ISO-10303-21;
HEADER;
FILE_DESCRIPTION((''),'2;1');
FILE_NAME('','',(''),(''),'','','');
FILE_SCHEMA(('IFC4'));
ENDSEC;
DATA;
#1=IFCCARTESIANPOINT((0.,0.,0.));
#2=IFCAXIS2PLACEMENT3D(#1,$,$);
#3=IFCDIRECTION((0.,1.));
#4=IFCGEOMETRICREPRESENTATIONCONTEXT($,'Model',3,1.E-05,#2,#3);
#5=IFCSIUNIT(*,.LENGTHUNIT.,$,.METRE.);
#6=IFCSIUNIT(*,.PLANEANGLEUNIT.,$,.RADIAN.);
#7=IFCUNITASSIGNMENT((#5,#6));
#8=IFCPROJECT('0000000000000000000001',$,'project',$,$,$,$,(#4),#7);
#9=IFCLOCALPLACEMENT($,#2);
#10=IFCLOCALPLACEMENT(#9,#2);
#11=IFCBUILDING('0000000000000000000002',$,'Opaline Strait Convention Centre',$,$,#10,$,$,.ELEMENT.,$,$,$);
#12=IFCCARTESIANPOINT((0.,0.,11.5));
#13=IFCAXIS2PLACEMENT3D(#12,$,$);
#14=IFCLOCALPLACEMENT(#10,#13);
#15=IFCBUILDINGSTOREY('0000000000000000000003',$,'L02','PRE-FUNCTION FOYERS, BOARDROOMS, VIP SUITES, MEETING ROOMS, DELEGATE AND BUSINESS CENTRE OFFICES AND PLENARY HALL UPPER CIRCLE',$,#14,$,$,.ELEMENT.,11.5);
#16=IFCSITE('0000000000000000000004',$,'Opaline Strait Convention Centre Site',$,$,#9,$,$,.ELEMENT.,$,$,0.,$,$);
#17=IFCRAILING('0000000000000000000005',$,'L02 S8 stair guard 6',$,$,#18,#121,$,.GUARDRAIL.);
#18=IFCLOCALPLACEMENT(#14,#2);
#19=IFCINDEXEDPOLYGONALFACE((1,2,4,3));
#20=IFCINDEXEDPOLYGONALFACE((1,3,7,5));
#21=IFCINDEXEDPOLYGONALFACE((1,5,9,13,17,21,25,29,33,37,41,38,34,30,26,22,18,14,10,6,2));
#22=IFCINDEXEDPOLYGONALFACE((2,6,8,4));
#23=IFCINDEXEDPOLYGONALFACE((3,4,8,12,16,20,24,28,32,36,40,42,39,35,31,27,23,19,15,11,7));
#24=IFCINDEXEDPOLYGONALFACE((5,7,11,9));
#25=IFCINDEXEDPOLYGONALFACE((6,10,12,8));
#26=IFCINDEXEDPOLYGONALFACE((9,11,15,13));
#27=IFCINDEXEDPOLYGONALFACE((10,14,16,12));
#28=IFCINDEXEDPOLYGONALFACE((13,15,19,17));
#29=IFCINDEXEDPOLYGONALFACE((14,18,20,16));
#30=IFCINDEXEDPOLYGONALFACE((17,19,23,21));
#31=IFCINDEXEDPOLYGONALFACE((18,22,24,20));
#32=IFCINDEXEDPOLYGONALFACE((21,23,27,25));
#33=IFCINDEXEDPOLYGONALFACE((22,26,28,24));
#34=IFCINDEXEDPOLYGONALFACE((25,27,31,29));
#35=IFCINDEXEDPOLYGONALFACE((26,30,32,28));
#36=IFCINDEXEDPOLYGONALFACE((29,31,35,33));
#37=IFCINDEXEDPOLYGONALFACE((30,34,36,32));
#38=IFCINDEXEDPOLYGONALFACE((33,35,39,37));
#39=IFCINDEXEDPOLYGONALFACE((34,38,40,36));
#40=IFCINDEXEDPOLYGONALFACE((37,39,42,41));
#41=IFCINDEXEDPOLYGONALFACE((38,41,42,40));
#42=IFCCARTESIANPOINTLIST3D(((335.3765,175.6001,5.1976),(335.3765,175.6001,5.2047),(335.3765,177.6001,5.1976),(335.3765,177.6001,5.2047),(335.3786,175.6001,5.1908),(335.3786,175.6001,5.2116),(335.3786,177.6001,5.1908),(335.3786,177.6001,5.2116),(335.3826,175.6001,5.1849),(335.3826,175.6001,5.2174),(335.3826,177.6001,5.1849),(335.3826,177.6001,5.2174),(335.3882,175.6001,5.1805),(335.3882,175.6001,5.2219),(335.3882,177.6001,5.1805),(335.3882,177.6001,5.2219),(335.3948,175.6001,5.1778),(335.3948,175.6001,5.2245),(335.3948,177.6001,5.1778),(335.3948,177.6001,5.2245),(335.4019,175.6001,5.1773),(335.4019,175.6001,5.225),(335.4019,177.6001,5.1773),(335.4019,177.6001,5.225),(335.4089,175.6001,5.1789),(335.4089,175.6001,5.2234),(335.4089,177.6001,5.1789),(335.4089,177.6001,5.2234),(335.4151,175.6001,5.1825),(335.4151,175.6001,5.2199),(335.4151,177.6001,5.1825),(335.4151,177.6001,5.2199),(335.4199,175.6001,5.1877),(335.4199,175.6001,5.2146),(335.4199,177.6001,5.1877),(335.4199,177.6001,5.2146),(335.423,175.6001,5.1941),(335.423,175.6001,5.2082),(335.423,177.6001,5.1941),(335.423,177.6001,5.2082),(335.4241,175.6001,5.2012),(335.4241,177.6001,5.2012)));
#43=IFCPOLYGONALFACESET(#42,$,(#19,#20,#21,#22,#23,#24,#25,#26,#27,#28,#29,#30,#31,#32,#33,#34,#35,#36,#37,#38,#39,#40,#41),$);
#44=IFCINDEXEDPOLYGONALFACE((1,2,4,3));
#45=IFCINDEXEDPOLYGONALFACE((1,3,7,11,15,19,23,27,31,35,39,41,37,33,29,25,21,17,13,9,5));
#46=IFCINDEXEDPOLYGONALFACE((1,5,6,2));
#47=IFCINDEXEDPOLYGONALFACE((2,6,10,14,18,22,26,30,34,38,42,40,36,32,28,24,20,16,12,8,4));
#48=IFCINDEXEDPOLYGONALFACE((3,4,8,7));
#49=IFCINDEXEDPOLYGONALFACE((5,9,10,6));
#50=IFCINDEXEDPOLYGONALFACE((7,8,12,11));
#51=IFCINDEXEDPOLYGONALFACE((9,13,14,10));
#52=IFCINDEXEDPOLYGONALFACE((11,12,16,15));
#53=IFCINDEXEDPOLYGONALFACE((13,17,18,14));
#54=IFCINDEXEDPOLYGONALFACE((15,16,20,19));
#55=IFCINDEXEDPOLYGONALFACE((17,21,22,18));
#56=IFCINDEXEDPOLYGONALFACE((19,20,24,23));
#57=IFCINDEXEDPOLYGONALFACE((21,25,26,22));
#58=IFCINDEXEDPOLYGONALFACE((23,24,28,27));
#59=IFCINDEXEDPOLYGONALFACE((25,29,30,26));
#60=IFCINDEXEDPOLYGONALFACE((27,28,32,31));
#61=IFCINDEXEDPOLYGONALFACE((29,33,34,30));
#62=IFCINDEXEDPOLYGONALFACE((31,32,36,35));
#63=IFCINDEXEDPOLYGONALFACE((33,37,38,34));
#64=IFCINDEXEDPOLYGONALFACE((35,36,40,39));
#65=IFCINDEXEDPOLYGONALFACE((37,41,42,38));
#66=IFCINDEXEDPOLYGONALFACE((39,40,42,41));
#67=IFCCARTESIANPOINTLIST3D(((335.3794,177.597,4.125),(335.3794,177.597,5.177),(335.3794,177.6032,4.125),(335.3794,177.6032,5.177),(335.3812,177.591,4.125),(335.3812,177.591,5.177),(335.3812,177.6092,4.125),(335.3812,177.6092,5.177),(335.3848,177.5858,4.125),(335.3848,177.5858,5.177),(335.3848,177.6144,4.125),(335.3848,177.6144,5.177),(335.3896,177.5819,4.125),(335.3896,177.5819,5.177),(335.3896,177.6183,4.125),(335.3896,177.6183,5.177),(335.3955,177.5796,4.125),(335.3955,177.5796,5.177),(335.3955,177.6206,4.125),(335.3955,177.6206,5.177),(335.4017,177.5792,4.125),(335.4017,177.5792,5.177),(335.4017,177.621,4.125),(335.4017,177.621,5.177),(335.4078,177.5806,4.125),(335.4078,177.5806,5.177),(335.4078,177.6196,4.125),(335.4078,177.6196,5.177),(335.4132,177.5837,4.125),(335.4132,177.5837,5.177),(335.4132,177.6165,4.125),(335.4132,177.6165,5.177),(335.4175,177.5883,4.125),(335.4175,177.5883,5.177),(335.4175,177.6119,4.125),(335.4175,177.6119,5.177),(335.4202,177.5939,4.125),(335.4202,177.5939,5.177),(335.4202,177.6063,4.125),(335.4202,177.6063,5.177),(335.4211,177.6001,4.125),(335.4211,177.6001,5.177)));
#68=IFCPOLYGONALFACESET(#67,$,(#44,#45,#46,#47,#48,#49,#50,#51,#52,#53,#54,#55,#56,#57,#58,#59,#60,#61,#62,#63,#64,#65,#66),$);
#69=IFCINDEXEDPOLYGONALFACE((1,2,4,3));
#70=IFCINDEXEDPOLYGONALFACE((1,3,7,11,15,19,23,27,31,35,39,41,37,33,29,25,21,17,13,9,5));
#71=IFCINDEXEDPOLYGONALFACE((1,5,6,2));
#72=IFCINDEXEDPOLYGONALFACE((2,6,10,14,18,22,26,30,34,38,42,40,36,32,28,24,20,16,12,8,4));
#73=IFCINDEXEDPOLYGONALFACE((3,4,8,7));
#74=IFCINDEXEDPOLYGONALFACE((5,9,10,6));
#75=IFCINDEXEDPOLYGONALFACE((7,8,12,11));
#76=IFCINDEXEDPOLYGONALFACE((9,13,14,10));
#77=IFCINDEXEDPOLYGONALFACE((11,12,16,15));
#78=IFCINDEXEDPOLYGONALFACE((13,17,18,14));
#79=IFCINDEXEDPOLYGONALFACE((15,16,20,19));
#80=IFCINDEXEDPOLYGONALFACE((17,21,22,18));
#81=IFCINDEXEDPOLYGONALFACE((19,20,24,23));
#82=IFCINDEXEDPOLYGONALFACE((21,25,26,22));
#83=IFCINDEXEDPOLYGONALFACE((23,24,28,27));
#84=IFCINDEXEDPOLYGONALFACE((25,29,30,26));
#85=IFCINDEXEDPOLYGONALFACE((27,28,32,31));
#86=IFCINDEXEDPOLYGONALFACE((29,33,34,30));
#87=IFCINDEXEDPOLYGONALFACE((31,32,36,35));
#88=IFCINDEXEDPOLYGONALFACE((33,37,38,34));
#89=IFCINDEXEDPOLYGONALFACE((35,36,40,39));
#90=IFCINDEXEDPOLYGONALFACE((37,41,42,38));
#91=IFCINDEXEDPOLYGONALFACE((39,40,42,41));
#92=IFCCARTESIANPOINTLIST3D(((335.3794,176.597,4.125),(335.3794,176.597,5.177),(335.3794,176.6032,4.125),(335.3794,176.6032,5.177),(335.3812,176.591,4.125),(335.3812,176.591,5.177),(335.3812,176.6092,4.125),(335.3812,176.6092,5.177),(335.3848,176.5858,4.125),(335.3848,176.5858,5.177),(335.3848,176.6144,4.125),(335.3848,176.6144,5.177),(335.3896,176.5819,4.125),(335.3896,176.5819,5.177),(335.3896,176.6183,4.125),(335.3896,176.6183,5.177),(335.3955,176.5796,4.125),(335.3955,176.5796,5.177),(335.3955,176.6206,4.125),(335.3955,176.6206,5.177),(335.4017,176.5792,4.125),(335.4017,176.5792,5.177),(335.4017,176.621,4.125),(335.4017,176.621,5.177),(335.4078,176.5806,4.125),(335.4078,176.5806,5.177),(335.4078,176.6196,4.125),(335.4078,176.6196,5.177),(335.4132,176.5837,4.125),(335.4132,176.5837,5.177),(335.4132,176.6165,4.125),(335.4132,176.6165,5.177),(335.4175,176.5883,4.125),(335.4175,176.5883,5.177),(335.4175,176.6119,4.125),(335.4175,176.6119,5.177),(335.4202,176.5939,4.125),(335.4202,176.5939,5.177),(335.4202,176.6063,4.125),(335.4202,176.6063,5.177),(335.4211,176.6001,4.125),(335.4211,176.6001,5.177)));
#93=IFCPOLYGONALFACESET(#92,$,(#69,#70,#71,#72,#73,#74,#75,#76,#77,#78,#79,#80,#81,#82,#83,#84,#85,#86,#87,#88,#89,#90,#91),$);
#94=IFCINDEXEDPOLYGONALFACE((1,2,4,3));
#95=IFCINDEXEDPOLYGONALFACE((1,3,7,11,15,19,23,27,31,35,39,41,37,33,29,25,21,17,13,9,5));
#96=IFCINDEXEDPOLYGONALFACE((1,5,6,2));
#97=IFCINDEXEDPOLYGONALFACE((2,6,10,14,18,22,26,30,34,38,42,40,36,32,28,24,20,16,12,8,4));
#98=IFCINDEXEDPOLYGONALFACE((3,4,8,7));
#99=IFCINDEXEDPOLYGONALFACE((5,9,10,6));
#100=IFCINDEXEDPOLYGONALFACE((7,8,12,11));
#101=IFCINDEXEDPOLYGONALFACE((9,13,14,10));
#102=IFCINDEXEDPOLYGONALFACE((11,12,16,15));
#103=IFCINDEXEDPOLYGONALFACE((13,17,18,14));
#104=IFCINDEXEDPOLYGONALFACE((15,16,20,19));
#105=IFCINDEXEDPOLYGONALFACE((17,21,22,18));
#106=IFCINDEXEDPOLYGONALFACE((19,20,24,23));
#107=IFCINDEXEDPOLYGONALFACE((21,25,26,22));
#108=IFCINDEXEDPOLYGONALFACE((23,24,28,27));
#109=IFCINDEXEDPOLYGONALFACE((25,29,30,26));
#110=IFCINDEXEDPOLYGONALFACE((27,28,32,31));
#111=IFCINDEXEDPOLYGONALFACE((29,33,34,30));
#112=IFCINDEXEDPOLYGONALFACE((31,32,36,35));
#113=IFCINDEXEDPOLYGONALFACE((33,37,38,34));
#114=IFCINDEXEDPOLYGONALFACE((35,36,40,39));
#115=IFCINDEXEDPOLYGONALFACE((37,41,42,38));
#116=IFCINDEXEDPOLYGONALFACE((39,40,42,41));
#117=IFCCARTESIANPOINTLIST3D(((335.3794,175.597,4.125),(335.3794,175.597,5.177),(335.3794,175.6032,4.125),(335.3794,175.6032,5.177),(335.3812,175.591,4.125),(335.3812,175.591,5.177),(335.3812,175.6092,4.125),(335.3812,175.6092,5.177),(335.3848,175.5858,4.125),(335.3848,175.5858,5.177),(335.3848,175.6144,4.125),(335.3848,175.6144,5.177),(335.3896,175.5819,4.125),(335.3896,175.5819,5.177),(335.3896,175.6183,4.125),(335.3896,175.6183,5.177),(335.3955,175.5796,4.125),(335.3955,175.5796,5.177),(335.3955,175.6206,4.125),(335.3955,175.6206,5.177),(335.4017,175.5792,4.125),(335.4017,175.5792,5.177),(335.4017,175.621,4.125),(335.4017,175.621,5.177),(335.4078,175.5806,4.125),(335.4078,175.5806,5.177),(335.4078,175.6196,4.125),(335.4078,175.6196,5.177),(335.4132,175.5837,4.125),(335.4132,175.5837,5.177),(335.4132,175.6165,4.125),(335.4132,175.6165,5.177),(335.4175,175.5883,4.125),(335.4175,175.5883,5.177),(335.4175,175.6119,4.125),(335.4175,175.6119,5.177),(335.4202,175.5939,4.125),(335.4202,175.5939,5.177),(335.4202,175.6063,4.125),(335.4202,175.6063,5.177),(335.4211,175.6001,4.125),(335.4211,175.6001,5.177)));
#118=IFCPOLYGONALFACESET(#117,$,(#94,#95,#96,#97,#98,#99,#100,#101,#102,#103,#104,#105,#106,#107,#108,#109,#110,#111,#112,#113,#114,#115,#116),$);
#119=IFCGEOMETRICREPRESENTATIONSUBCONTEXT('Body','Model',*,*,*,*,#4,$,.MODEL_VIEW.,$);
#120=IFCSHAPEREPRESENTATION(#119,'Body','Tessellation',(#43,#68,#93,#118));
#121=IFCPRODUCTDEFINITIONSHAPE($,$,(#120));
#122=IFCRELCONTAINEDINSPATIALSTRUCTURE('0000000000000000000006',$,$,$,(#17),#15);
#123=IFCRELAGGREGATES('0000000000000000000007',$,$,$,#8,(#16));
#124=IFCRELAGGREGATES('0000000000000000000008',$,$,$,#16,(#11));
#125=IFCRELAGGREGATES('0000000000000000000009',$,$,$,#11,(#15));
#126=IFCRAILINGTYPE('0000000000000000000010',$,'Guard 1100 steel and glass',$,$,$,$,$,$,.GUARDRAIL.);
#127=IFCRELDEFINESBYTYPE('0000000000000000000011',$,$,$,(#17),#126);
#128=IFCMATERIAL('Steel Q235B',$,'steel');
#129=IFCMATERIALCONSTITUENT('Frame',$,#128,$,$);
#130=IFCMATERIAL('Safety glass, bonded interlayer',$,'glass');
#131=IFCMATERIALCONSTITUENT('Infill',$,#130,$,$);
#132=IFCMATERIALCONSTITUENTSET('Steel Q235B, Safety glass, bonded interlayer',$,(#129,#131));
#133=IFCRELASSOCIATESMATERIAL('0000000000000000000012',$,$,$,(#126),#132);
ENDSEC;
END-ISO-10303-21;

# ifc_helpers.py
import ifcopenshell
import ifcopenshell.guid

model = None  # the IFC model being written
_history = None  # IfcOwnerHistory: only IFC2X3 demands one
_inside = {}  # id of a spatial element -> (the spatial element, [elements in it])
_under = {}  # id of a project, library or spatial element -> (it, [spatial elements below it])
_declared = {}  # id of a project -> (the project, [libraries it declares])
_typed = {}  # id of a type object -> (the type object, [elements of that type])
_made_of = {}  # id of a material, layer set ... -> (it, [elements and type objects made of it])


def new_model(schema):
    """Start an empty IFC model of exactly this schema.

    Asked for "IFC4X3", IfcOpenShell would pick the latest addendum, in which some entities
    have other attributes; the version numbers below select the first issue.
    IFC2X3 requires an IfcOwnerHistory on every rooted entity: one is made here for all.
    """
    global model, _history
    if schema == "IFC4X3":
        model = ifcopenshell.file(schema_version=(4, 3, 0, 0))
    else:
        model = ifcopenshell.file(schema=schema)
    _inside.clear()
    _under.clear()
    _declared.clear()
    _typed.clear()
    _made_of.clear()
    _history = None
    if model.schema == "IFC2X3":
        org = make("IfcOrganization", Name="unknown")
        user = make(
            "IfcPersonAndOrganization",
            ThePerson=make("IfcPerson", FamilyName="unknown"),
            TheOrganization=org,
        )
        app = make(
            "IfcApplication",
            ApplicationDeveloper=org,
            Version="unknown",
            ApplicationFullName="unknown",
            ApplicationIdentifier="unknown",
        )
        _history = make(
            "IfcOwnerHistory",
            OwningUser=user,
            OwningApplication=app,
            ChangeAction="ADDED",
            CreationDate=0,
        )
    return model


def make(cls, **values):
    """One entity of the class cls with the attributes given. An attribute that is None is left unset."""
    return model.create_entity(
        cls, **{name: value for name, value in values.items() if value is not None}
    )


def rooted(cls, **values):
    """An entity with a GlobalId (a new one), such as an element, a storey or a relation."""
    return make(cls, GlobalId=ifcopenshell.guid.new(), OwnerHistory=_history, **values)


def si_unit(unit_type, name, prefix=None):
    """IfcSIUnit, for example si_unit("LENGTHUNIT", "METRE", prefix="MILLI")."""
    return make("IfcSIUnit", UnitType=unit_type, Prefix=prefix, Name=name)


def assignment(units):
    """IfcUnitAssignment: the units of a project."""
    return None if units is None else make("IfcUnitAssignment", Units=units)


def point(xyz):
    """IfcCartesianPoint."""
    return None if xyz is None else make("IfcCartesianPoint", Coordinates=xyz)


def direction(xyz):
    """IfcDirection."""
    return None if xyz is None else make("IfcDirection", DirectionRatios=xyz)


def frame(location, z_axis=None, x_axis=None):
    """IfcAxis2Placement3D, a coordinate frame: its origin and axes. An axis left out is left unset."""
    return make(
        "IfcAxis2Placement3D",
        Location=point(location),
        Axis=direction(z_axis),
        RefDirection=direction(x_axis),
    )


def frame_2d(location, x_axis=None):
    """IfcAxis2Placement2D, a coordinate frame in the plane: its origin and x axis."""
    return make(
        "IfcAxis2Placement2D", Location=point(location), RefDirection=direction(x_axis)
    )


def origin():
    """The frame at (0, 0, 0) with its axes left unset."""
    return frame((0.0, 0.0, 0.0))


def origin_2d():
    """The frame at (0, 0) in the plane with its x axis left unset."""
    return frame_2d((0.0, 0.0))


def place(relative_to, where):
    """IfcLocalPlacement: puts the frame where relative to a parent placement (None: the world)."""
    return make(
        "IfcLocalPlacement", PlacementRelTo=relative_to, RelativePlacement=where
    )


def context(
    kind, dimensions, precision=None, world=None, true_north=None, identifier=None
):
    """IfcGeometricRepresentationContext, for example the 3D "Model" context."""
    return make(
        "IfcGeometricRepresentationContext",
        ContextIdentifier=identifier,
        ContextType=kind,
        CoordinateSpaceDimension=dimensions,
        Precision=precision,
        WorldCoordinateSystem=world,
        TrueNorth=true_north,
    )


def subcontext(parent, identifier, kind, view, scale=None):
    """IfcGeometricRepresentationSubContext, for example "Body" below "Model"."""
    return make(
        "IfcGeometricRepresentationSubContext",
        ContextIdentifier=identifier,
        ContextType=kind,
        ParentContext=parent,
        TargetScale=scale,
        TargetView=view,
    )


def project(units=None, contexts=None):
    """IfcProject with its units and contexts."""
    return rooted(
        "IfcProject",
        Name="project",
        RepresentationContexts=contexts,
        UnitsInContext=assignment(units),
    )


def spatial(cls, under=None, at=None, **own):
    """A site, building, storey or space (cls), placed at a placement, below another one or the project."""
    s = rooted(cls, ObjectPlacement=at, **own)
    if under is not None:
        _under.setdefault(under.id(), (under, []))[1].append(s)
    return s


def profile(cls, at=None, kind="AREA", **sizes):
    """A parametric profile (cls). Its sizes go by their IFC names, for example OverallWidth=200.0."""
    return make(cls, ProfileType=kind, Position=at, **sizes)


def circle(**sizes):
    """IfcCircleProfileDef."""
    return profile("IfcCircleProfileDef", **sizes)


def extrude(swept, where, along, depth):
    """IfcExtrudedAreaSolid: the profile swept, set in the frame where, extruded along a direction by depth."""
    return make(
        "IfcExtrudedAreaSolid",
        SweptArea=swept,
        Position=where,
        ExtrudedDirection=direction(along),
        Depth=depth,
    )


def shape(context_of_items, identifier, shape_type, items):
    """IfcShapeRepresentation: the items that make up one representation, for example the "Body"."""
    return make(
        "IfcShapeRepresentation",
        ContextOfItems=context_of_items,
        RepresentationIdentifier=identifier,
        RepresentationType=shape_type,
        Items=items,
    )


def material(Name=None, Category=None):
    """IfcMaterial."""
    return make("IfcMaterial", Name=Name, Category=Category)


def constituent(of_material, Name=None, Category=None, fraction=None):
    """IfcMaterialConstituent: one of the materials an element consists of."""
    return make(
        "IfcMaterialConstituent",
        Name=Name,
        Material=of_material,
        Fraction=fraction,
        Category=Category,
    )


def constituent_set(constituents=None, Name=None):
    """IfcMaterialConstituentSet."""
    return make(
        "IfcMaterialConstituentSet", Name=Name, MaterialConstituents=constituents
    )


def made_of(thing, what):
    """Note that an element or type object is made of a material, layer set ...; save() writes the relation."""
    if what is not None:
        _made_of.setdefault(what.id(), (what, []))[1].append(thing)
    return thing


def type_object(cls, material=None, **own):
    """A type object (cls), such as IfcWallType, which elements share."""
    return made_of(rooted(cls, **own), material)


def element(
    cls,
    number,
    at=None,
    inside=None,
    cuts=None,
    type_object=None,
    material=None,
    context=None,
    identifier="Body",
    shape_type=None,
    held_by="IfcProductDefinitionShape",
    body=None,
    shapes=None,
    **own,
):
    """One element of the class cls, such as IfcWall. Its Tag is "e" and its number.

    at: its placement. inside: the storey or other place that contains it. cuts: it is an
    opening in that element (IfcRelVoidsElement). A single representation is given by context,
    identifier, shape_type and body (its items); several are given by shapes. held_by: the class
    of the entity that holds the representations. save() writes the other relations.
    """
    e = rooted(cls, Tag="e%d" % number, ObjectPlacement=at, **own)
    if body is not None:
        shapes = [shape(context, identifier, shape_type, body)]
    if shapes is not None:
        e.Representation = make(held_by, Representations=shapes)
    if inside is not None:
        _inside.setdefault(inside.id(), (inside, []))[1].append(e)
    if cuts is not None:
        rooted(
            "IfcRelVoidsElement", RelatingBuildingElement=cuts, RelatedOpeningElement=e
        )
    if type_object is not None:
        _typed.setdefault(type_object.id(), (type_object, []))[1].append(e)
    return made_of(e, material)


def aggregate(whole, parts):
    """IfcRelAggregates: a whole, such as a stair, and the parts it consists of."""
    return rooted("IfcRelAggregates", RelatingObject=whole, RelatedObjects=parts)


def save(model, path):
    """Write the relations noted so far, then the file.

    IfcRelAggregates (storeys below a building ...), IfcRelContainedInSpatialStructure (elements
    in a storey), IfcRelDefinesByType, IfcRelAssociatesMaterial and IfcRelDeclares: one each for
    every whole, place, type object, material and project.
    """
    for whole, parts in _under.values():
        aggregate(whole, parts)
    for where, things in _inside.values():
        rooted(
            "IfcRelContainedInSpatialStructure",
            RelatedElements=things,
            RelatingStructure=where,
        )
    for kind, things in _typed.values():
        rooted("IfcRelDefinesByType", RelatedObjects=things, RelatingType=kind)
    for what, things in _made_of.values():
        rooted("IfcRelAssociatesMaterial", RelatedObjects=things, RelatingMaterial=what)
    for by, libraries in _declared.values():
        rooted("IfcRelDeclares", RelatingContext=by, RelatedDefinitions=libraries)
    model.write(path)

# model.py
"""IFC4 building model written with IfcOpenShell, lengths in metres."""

from ifc_helpers import new_model, si_unit, direction, frame, origin, origin_2d, place, context, subcontext, project, spatial, circle, extrude, material, constituent, constituent_set, type_object, element, save


model = new_model("IFC4")

# Units and contexts
model_context = context("Model", 3, precision=1e-05, world=origin(), true_north=direction((0.0, 1.0)))
body_context = subcontext(model_context, "Body", "Model", "MODEL_VIEW")
ifc_project = project(units=[si_unit("LENGTHUNIT", "METRE"), si_unit("PLANEANGLEUNIT", "RADIAN")], contexts=[model_context])

# Site, building, storey
site_placement = place(None, origin())
site = spatial("IfcSite", under=ifc_project, at=site_placement, Name="Opaline Strait Convention Centre Site", CompositionType="ELEMENT", RefElevation=0.0)
building_placement = place(site_placement, origin())
building = spatial("IfcBuilding", under=site, at=building_placement, Name="Opaline Strait Convention Centre", CompositionType="ELEMENT")
storey_placement = place(building_placement, frame((0.0, 0.0, 11.5)))
storey = spatial("IfcBuildingStorey", under=building, at=storey_placement, Name="L02", Description="PRE-FUNCTION FOYERS, BOARDROOMS, VIP SUITES, MEETING ROOMS, DELEGATE AND BUSINESS CENTRE OFFICES AND PLENARY HALL UPPER CIRCLE", CompositionType="ELEMENT", Elevation=11.5)

# Railing
ifc_material_1 = material(Name="Steel Q235B", Category="steel")
ifc_constituent_1 = constituent(ifc_material_1, Name="Frame")
ifc_material_2 = material(Name="Safety glass, bonded interlayer", Category="glass")
ifc_constituent_2 = constituent(ifc_material_2, Name="Infill")
ifc_constituent_set = constituent_set(constituents=[ifc_constituent_1, ifc_constituent_2], Name="Steel Q235B, Safety glass, bonded interlayer")
railing_type = type_object("IfcRailingType", Name="Guard 1100 steel and glass", PredefinedType="GUARDRAIL", material=ifc_constituent_set)
railing_1_placement = place(storey_placement, frame((335.4001, 177.6001, 4.125)))
element("IfcRailing", 1, at=railing_1_placement, inside=storey, type_object=railing_type, Name="L02 S8 stair guard 6", PredefinedType="GUARDRAIL", context=body_context, shape_type="SweptSolid", body=[
    extrude(circle(Radius=0.0239, at=origin_2d()), frame((0.0, 0.0, 1.0762), z_axis=(0.0, -1.0, 0.0), x_axis=(1.0, 0.0, 0.0)), (0.0, 0.0, 1.0), 2.0),
    extrude(circle(Radius=0.021, at=origin_2d()), origin(), (0.0, 0.0, 1.0), 1.052),
    extrude(circle(Radius=0.021, at=origin_2d()), frame((0.0, -1.0, 0.0)), (0.0, 0.0, 1.0), 1.052),
    extrude(circle(Radius=0.021, at=origin_2d()), frame((0.0, -2.0, 0.0)), (0.0, 0.0, 1.0), 1.052),
])

save(model, "model.ifc")
